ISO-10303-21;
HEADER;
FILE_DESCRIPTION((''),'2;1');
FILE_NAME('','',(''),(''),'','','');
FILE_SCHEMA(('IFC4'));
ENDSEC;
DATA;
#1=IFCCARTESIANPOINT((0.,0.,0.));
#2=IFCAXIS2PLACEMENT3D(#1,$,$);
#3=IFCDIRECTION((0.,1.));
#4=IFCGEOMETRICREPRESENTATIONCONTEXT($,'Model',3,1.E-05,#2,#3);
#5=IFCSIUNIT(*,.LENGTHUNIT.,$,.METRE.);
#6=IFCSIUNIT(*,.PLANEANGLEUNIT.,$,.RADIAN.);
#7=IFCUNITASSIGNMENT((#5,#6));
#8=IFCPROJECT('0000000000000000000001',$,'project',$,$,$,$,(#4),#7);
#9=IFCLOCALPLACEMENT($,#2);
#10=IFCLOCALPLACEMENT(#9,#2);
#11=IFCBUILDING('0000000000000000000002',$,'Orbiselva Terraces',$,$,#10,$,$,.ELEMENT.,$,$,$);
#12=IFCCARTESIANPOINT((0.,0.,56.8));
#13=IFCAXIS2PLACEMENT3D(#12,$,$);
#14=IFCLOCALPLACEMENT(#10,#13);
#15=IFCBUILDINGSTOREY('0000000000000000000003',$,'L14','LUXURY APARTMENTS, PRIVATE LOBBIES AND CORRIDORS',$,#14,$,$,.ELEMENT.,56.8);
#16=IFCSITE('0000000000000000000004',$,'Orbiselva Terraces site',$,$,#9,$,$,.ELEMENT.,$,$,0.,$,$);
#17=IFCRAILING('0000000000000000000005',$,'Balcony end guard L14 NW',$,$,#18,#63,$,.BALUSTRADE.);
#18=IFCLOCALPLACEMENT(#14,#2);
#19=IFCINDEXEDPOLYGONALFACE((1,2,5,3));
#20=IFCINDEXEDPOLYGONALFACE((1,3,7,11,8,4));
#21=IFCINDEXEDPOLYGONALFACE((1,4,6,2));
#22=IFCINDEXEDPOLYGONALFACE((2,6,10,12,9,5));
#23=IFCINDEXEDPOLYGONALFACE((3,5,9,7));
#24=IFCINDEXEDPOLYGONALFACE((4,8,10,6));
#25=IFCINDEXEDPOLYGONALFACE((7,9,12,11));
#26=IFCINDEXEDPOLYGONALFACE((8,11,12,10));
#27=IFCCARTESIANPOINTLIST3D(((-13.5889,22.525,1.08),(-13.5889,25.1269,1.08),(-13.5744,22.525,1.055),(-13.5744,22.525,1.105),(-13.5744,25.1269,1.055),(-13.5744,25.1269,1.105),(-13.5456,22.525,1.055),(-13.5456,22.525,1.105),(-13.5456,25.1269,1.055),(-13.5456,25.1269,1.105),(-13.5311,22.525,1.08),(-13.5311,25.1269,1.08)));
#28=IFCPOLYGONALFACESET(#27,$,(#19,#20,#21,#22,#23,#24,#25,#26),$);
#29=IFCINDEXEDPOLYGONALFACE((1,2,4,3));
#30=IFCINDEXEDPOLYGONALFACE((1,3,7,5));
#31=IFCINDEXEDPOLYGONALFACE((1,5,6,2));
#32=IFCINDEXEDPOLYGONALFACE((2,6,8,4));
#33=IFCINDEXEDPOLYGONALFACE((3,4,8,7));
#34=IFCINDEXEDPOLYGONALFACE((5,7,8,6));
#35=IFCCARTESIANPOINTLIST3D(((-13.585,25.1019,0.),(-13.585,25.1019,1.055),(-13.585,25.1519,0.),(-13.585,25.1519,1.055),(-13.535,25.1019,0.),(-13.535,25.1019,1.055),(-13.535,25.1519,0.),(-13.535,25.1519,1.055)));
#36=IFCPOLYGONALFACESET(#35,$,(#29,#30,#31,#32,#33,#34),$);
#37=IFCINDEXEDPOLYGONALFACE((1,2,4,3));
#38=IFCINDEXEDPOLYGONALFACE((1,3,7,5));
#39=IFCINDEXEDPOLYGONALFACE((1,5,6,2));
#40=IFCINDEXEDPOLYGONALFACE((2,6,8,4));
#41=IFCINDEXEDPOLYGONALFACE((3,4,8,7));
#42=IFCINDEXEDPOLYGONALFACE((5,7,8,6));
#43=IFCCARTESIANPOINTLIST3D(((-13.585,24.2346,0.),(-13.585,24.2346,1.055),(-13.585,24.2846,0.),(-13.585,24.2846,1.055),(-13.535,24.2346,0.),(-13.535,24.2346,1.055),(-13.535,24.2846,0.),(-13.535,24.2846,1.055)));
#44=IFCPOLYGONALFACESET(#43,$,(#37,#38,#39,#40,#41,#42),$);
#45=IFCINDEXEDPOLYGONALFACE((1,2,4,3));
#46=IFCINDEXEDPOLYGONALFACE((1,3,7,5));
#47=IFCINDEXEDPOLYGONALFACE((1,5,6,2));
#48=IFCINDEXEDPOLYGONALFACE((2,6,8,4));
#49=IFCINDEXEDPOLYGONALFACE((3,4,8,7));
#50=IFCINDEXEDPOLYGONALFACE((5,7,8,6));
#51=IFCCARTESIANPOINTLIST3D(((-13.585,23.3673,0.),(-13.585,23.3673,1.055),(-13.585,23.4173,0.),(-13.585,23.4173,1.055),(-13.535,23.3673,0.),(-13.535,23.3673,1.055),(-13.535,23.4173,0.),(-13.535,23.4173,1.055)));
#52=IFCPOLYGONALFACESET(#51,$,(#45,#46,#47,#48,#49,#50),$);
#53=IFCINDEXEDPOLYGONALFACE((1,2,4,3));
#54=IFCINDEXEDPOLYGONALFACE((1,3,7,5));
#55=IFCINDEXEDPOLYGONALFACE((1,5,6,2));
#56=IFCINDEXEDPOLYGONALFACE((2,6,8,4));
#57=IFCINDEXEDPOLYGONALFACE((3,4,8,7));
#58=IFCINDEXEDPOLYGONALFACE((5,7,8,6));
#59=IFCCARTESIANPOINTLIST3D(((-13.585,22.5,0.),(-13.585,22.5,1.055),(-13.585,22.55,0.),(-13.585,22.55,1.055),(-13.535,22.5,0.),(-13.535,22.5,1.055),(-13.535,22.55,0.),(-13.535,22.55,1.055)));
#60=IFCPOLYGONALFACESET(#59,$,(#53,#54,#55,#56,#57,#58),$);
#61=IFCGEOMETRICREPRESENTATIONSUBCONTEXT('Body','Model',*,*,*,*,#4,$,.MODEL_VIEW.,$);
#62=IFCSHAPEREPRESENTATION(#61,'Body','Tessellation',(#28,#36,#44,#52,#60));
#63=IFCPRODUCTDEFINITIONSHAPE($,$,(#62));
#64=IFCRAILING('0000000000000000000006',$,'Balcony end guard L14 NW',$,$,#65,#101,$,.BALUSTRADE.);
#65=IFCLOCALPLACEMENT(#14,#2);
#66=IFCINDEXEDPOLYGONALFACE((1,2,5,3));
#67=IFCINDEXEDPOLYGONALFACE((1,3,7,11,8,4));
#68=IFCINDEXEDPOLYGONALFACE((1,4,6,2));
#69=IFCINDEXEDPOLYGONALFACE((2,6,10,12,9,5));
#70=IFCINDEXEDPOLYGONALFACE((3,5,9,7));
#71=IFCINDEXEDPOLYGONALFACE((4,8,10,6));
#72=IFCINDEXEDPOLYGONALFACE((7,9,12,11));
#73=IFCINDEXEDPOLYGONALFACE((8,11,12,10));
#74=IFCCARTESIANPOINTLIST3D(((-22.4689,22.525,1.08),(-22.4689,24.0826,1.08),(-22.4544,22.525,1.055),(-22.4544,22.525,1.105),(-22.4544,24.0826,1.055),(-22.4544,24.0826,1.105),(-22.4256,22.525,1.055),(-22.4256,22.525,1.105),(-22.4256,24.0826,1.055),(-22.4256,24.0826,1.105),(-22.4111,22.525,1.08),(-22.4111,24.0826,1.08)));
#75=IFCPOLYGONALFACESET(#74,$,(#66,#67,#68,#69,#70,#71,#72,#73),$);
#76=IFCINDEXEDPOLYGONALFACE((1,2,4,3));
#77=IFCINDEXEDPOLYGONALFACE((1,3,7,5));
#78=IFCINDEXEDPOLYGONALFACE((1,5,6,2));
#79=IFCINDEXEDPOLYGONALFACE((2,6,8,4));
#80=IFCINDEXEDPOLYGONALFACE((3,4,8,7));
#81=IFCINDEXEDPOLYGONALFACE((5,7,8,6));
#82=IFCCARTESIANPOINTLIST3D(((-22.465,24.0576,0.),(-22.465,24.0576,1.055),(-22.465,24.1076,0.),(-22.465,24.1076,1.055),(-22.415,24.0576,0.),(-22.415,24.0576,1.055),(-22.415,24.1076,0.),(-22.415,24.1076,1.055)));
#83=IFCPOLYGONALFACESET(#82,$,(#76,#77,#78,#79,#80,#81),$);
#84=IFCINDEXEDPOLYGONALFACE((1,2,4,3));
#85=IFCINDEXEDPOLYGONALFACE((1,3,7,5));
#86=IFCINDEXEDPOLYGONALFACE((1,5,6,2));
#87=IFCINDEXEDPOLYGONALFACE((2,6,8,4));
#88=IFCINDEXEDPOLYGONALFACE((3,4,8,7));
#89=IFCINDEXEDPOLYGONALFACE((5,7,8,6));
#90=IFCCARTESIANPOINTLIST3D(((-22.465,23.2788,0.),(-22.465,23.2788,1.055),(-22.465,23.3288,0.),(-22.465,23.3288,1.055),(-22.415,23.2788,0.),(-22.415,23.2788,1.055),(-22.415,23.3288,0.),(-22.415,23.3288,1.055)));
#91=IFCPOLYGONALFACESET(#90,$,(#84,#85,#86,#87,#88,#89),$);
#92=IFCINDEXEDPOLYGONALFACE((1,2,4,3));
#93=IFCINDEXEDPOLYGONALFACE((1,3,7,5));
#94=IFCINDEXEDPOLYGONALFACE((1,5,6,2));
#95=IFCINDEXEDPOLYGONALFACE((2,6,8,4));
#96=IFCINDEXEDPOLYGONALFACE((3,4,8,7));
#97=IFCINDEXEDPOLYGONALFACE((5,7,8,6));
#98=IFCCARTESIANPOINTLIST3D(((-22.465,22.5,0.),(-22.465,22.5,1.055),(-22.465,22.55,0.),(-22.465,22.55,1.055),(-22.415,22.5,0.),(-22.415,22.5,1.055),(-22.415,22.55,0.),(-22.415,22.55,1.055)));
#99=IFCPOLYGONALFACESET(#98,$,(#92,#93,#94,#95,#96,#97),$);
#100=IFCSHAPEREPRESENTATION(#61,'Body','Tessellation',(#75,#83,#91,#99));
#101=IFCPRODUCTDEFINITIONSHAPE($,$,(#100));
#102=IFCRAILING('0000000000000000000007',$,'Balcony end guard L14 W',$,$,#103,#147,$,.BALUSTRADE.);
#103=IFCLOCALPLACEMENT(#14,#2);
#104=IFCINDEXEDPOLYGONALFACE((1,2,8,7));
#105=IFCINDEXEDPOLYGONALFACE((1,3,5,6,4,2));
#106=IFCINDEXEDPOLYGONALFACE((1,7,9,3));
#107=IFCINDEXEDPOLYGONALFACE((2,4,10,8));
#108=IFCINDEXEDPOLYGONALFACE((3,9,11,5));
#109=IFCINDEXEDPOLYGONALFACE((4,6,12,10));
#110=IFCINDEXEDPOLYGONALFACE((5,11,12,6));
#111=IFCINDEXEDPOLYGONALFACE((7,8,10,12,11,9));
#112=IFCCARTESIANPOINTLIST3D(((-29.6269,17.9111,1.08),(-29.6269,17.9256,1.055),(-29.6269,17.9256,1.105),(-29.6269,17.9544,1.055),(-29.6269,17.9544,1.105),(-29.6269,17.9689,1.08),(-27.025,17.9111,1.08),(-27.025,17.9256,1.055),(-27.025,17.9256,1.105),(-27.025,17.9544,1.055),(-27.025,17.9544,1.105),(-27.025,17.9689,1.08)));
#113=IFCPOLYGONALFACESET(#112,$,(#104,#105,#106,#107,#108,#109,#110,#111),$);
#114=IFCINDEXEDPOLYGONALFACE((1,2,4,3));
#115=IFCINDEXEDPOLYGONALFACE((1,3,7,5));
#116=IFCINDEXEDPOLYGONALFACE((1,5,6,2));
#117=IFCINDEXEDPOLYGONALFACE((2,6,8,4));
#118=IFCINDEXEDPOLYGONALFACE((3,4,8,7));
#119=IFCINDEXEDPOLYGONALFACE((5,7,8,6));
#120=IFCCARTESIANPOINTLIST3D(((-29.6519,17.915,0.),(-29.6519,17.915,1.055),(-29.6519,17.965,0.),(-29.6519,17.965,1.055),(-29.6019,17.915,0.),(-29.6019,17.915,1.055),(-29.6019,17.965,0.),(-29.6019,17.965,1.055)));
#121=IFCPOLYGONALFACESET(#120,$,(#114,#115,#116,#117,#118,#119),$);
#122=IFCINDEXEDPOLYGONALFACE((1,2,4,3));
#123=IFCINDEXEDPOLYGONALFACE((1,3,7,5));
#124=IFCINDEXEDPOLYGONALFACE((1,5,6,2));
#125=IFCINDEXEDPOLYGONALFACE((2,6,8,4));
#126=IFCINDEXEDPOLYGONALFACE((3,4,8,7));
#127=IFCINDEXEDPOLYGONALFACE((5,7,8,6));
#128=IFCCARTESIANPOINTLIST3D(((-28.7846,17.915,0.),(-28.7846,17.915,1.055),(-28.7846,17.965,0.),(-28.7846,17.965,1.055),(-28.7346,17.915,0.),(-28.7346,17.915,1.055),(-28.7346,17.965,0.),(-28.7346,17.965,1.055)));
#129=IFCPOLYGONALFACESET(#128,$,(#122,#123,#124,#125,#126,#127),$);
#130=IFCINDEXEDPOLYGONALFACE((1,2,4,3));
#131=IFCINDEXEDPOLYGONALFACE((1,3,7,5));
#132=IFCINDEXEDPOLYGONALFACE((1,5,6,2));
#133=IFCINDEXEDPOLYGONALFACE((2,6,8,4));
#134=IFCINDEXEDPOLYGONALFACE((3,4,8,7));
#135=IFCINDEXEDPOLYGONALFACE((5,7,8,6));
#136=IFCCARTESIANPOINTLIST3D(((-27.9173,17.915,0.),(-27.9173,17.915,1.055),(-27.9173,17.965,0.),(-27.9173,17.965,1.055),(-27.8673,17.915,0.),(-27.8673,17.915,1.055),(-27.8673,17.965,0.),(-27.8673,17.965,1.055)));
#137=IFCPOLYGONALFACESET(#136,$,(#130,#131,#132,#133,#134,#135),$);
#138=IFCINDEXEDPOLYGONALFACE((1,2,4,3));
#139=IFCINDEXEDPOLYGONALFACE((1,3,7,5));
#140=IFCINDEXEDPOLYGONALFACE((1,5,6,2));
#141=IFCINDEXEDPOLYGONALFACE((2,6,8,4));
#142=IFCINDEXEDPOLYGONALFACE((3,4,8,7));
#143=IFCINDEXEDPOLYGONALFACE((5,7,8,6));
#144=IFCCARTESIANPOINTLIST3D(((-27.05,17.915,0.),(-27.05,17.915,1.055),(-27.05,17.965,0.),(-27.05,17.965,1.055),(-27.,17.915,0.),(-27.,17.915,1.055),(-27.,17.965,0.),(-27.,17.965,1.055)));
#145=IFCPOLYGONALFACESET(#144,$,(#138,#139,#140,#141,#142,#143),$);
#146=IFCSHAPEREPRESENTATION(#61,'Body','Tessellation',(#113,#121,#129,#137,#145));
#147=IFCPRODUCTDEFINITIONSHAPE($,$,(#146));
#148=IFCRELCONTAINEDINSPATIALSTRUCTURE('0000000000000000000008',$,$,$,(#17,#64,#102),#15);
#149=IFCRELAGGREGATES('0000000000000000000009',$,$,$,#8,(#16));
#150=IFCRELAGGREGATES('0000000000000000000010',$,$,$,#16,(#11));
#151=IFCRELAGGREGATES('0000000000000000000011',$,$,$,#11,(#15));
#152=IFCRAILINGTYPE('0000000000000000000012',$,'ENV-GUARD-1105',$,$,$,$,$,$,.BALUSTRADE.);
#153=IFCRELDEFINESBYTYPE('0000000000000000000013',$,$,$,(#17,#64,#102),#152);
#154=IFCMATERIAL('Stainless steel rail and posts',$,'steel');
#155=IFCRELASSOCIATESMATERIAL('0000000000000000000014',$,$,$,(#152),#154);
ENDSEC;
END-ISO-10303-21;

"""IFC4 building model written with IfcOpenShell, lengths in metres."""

from ifc_helpers import new_model, si_unit, direction, frame, origin, origin_2d, place, context, subcontext, project, spatial, polyline, rectangle, outline, extrude, material, type_object, element, save


model = new_model("IFC4")

# Units and contexts
model_context = context("Model", 3, precision=1e-05, world=origin(), true_north=direction((0.0, 1.0)))
body_context = subcontext(model_context, "Body", "Model", "MODEL_VIEW")
ifc_project = project(units=[si_unit("LENGTHUNIT", "METRE"), si_unit("PLANEANGLEUNIT", "RADIAN")], contexts=[model_context])

# Site, building, storey
site_placement = place(None, origin())
site = spatial("IfcSite", under=ifc_project, at=site_placement, Name="Orbiselva Terraces site", CompositionType="ELEMENT", RefElevation=0.0)
building_placement = place(site_placement, origin())
building = spatial("IfcBuilding", under=site, at=building_placement, Name="Orbiselva Terraces", CompositionType="ELEMENT")
storey_placement = place(building_placement, frame((0.0, 0.0, 56.8)))
storey = spatial("IfcBuildingStorey", under=building, at=storey_placement, Name="L14", Description="LUXURY APARTMENTS, PRIVATE LOBBIES AND CORRIDORS", CompositionType="ELEMENT", Elevation=56.8)

# Railings
ifc_material_1 = material(Name="Stainless steel rail and posts", Category="steel")
railing_type_1 = type_object("IfcRailingType", Name="ENV-GUARD-1105", PredefinedType="BALUSTRADE", material=ifc_material_1)
railing_1_placement = place(storey_placement, frame((-13.56, 25.1269, 0.0)))
element("IfcRailing", 1, at=railing_1_placement, inside=storey, type_object=railing_type_1, Name="Balcony end guard L14 NW", PredefinedType="BALUSTRADE", context=body_context, shape_type="SweptSolid", body=[
    extrude(outline(polyline([(0.0289, 0.0), (0.0144, 0.025), (-0.0144, 0.025), (-0.0289, 0.0), (-0.0144, -0.025), (0.0144, -0.025), (0.0289, 0.0)])), frame((0.0, 0.0, 1.08), z_axis=(0.0, -1.0, 0.0), x_axis=(1.0, 0.0, 0.0)), (0.0, 0.0, 1.0), 2.6019),
    extrude(rectangle(XDim=0.05, YDim=0.05, at=origin_2d()), origin(), (0.0, 0.0, 1.0), 1.055),
    extrude(rectangle(XDim=0.05, YDim=0.05, at=origin_2d()), frame((0.0, -0.8673, 0.0)), (0.0, 0.0, 1.0), 1.055),
    extrude(rectangle(XDim=0.05, YDim=0.05, at=origin_2d()), frame((0.0, -1.7346, 0.0)), (0.0, 0.0, 1.0), 1.055),
    extrude(rectangle(XDim=0.05, YDim=0.05, at=origin_2d()), frame((0.0, -2.6019, 0.0)), (0.0, 0.0, 1.0), 1.055),
])
railing_2_placement = place(storey_placement, frame((-22.44, 24.0826, 0.0)))
element("IfcRailing", 2, at=railing_2_placement, inside=storey, type_object=railing_type_1, Name="Balcony end guard L14 NW", PredefinedType="BALUSTRADE", context=body_context, shape_type="SweptSolid", body=[
    extrude(outline(polyline([(0.0289, 0.0), (0.0144, 0.025), (-0.0144, 0.025), (-0.0289, 0.0), (-0.0144, -0.025), (0.0144, -0.025), (0.0289, 0.0)])), frame((0.0, 0.0, 1.08), z_axis=(0.0, -1.0, 0.0), x_axis=(1.0, 0.0, 0.0)), (0.0, 0.0, 1.0), 1.5576),
    extrude(rectangle(XDim=0.05, YDim=0.05, at=origin_2d()), origin(), (0.0, 0.0, 1.0), 1.055),
    extrude(rectangle(XDim=0.05, YDim=0.05, at=origin_2d()), frame((0.0, -0.7788, 0.0)), (0.0, 0.0, 1.0), 1.055),
    extrude(rectangle(XDim=0.05, YDim=0.05, at=origin_2d()), frame((0.0, -1.5576, 0.0)), (0.0, 0.0, 1.0), 1.055),
])
railing_3_placement = place(storey_placement, frame((-29.6269, 17.94, 0.0)))
element("IfcRailing", 3, at=railing_3_placement, inside=storey, type_object=railing_type_1, Name="Balcony end guard L14 W", PredefinedType="BALUSTRADE", context=body_context, shape_type="SweptSolid", body=[
    extrude(outline(polyline([(0.0289, 0.0), (0.0144, 0.025), (-0.0144, 0.025), (-0.0289, 0.0), (-0.0144, -0.025), (0.0144, -0.025), (0.0289, 0.0)])), frame((0.0, 0.0, 1.08), z_axis=(1.0, 0.0, 0.0), x_axis=(0.0, 1.0, 0.0)), (0.0, 0.0, 1.0), 2.6019),
    extrude(rectangle(XDim=0.05, YDim=0.05, at=origin_2d()), origin(), (0.0, 0.0, 1.0), 1.055),
    extrude(rectangle(XDim=0.05, YDim=0.05, at=origin_2d()), frame((0.8673, 0.0, 0.0)), (0.0, 0.0, 1.0), 1.055),
    extrude(rectangle(XDim=0.05, YDim=0.05, at=origin_2d()), frame((1.7346, 0.0, 0.0)), (0.0, 0.0, 1.0), 1.055),
    extrude(rectangle(XDim=0.05, YDim=0.05, at=origin_2d()), frame((2.6019, 0.0, 0.0)), (0.0, 0.0, 1.0), 1.055),
])

save(model, "model.ifc")
